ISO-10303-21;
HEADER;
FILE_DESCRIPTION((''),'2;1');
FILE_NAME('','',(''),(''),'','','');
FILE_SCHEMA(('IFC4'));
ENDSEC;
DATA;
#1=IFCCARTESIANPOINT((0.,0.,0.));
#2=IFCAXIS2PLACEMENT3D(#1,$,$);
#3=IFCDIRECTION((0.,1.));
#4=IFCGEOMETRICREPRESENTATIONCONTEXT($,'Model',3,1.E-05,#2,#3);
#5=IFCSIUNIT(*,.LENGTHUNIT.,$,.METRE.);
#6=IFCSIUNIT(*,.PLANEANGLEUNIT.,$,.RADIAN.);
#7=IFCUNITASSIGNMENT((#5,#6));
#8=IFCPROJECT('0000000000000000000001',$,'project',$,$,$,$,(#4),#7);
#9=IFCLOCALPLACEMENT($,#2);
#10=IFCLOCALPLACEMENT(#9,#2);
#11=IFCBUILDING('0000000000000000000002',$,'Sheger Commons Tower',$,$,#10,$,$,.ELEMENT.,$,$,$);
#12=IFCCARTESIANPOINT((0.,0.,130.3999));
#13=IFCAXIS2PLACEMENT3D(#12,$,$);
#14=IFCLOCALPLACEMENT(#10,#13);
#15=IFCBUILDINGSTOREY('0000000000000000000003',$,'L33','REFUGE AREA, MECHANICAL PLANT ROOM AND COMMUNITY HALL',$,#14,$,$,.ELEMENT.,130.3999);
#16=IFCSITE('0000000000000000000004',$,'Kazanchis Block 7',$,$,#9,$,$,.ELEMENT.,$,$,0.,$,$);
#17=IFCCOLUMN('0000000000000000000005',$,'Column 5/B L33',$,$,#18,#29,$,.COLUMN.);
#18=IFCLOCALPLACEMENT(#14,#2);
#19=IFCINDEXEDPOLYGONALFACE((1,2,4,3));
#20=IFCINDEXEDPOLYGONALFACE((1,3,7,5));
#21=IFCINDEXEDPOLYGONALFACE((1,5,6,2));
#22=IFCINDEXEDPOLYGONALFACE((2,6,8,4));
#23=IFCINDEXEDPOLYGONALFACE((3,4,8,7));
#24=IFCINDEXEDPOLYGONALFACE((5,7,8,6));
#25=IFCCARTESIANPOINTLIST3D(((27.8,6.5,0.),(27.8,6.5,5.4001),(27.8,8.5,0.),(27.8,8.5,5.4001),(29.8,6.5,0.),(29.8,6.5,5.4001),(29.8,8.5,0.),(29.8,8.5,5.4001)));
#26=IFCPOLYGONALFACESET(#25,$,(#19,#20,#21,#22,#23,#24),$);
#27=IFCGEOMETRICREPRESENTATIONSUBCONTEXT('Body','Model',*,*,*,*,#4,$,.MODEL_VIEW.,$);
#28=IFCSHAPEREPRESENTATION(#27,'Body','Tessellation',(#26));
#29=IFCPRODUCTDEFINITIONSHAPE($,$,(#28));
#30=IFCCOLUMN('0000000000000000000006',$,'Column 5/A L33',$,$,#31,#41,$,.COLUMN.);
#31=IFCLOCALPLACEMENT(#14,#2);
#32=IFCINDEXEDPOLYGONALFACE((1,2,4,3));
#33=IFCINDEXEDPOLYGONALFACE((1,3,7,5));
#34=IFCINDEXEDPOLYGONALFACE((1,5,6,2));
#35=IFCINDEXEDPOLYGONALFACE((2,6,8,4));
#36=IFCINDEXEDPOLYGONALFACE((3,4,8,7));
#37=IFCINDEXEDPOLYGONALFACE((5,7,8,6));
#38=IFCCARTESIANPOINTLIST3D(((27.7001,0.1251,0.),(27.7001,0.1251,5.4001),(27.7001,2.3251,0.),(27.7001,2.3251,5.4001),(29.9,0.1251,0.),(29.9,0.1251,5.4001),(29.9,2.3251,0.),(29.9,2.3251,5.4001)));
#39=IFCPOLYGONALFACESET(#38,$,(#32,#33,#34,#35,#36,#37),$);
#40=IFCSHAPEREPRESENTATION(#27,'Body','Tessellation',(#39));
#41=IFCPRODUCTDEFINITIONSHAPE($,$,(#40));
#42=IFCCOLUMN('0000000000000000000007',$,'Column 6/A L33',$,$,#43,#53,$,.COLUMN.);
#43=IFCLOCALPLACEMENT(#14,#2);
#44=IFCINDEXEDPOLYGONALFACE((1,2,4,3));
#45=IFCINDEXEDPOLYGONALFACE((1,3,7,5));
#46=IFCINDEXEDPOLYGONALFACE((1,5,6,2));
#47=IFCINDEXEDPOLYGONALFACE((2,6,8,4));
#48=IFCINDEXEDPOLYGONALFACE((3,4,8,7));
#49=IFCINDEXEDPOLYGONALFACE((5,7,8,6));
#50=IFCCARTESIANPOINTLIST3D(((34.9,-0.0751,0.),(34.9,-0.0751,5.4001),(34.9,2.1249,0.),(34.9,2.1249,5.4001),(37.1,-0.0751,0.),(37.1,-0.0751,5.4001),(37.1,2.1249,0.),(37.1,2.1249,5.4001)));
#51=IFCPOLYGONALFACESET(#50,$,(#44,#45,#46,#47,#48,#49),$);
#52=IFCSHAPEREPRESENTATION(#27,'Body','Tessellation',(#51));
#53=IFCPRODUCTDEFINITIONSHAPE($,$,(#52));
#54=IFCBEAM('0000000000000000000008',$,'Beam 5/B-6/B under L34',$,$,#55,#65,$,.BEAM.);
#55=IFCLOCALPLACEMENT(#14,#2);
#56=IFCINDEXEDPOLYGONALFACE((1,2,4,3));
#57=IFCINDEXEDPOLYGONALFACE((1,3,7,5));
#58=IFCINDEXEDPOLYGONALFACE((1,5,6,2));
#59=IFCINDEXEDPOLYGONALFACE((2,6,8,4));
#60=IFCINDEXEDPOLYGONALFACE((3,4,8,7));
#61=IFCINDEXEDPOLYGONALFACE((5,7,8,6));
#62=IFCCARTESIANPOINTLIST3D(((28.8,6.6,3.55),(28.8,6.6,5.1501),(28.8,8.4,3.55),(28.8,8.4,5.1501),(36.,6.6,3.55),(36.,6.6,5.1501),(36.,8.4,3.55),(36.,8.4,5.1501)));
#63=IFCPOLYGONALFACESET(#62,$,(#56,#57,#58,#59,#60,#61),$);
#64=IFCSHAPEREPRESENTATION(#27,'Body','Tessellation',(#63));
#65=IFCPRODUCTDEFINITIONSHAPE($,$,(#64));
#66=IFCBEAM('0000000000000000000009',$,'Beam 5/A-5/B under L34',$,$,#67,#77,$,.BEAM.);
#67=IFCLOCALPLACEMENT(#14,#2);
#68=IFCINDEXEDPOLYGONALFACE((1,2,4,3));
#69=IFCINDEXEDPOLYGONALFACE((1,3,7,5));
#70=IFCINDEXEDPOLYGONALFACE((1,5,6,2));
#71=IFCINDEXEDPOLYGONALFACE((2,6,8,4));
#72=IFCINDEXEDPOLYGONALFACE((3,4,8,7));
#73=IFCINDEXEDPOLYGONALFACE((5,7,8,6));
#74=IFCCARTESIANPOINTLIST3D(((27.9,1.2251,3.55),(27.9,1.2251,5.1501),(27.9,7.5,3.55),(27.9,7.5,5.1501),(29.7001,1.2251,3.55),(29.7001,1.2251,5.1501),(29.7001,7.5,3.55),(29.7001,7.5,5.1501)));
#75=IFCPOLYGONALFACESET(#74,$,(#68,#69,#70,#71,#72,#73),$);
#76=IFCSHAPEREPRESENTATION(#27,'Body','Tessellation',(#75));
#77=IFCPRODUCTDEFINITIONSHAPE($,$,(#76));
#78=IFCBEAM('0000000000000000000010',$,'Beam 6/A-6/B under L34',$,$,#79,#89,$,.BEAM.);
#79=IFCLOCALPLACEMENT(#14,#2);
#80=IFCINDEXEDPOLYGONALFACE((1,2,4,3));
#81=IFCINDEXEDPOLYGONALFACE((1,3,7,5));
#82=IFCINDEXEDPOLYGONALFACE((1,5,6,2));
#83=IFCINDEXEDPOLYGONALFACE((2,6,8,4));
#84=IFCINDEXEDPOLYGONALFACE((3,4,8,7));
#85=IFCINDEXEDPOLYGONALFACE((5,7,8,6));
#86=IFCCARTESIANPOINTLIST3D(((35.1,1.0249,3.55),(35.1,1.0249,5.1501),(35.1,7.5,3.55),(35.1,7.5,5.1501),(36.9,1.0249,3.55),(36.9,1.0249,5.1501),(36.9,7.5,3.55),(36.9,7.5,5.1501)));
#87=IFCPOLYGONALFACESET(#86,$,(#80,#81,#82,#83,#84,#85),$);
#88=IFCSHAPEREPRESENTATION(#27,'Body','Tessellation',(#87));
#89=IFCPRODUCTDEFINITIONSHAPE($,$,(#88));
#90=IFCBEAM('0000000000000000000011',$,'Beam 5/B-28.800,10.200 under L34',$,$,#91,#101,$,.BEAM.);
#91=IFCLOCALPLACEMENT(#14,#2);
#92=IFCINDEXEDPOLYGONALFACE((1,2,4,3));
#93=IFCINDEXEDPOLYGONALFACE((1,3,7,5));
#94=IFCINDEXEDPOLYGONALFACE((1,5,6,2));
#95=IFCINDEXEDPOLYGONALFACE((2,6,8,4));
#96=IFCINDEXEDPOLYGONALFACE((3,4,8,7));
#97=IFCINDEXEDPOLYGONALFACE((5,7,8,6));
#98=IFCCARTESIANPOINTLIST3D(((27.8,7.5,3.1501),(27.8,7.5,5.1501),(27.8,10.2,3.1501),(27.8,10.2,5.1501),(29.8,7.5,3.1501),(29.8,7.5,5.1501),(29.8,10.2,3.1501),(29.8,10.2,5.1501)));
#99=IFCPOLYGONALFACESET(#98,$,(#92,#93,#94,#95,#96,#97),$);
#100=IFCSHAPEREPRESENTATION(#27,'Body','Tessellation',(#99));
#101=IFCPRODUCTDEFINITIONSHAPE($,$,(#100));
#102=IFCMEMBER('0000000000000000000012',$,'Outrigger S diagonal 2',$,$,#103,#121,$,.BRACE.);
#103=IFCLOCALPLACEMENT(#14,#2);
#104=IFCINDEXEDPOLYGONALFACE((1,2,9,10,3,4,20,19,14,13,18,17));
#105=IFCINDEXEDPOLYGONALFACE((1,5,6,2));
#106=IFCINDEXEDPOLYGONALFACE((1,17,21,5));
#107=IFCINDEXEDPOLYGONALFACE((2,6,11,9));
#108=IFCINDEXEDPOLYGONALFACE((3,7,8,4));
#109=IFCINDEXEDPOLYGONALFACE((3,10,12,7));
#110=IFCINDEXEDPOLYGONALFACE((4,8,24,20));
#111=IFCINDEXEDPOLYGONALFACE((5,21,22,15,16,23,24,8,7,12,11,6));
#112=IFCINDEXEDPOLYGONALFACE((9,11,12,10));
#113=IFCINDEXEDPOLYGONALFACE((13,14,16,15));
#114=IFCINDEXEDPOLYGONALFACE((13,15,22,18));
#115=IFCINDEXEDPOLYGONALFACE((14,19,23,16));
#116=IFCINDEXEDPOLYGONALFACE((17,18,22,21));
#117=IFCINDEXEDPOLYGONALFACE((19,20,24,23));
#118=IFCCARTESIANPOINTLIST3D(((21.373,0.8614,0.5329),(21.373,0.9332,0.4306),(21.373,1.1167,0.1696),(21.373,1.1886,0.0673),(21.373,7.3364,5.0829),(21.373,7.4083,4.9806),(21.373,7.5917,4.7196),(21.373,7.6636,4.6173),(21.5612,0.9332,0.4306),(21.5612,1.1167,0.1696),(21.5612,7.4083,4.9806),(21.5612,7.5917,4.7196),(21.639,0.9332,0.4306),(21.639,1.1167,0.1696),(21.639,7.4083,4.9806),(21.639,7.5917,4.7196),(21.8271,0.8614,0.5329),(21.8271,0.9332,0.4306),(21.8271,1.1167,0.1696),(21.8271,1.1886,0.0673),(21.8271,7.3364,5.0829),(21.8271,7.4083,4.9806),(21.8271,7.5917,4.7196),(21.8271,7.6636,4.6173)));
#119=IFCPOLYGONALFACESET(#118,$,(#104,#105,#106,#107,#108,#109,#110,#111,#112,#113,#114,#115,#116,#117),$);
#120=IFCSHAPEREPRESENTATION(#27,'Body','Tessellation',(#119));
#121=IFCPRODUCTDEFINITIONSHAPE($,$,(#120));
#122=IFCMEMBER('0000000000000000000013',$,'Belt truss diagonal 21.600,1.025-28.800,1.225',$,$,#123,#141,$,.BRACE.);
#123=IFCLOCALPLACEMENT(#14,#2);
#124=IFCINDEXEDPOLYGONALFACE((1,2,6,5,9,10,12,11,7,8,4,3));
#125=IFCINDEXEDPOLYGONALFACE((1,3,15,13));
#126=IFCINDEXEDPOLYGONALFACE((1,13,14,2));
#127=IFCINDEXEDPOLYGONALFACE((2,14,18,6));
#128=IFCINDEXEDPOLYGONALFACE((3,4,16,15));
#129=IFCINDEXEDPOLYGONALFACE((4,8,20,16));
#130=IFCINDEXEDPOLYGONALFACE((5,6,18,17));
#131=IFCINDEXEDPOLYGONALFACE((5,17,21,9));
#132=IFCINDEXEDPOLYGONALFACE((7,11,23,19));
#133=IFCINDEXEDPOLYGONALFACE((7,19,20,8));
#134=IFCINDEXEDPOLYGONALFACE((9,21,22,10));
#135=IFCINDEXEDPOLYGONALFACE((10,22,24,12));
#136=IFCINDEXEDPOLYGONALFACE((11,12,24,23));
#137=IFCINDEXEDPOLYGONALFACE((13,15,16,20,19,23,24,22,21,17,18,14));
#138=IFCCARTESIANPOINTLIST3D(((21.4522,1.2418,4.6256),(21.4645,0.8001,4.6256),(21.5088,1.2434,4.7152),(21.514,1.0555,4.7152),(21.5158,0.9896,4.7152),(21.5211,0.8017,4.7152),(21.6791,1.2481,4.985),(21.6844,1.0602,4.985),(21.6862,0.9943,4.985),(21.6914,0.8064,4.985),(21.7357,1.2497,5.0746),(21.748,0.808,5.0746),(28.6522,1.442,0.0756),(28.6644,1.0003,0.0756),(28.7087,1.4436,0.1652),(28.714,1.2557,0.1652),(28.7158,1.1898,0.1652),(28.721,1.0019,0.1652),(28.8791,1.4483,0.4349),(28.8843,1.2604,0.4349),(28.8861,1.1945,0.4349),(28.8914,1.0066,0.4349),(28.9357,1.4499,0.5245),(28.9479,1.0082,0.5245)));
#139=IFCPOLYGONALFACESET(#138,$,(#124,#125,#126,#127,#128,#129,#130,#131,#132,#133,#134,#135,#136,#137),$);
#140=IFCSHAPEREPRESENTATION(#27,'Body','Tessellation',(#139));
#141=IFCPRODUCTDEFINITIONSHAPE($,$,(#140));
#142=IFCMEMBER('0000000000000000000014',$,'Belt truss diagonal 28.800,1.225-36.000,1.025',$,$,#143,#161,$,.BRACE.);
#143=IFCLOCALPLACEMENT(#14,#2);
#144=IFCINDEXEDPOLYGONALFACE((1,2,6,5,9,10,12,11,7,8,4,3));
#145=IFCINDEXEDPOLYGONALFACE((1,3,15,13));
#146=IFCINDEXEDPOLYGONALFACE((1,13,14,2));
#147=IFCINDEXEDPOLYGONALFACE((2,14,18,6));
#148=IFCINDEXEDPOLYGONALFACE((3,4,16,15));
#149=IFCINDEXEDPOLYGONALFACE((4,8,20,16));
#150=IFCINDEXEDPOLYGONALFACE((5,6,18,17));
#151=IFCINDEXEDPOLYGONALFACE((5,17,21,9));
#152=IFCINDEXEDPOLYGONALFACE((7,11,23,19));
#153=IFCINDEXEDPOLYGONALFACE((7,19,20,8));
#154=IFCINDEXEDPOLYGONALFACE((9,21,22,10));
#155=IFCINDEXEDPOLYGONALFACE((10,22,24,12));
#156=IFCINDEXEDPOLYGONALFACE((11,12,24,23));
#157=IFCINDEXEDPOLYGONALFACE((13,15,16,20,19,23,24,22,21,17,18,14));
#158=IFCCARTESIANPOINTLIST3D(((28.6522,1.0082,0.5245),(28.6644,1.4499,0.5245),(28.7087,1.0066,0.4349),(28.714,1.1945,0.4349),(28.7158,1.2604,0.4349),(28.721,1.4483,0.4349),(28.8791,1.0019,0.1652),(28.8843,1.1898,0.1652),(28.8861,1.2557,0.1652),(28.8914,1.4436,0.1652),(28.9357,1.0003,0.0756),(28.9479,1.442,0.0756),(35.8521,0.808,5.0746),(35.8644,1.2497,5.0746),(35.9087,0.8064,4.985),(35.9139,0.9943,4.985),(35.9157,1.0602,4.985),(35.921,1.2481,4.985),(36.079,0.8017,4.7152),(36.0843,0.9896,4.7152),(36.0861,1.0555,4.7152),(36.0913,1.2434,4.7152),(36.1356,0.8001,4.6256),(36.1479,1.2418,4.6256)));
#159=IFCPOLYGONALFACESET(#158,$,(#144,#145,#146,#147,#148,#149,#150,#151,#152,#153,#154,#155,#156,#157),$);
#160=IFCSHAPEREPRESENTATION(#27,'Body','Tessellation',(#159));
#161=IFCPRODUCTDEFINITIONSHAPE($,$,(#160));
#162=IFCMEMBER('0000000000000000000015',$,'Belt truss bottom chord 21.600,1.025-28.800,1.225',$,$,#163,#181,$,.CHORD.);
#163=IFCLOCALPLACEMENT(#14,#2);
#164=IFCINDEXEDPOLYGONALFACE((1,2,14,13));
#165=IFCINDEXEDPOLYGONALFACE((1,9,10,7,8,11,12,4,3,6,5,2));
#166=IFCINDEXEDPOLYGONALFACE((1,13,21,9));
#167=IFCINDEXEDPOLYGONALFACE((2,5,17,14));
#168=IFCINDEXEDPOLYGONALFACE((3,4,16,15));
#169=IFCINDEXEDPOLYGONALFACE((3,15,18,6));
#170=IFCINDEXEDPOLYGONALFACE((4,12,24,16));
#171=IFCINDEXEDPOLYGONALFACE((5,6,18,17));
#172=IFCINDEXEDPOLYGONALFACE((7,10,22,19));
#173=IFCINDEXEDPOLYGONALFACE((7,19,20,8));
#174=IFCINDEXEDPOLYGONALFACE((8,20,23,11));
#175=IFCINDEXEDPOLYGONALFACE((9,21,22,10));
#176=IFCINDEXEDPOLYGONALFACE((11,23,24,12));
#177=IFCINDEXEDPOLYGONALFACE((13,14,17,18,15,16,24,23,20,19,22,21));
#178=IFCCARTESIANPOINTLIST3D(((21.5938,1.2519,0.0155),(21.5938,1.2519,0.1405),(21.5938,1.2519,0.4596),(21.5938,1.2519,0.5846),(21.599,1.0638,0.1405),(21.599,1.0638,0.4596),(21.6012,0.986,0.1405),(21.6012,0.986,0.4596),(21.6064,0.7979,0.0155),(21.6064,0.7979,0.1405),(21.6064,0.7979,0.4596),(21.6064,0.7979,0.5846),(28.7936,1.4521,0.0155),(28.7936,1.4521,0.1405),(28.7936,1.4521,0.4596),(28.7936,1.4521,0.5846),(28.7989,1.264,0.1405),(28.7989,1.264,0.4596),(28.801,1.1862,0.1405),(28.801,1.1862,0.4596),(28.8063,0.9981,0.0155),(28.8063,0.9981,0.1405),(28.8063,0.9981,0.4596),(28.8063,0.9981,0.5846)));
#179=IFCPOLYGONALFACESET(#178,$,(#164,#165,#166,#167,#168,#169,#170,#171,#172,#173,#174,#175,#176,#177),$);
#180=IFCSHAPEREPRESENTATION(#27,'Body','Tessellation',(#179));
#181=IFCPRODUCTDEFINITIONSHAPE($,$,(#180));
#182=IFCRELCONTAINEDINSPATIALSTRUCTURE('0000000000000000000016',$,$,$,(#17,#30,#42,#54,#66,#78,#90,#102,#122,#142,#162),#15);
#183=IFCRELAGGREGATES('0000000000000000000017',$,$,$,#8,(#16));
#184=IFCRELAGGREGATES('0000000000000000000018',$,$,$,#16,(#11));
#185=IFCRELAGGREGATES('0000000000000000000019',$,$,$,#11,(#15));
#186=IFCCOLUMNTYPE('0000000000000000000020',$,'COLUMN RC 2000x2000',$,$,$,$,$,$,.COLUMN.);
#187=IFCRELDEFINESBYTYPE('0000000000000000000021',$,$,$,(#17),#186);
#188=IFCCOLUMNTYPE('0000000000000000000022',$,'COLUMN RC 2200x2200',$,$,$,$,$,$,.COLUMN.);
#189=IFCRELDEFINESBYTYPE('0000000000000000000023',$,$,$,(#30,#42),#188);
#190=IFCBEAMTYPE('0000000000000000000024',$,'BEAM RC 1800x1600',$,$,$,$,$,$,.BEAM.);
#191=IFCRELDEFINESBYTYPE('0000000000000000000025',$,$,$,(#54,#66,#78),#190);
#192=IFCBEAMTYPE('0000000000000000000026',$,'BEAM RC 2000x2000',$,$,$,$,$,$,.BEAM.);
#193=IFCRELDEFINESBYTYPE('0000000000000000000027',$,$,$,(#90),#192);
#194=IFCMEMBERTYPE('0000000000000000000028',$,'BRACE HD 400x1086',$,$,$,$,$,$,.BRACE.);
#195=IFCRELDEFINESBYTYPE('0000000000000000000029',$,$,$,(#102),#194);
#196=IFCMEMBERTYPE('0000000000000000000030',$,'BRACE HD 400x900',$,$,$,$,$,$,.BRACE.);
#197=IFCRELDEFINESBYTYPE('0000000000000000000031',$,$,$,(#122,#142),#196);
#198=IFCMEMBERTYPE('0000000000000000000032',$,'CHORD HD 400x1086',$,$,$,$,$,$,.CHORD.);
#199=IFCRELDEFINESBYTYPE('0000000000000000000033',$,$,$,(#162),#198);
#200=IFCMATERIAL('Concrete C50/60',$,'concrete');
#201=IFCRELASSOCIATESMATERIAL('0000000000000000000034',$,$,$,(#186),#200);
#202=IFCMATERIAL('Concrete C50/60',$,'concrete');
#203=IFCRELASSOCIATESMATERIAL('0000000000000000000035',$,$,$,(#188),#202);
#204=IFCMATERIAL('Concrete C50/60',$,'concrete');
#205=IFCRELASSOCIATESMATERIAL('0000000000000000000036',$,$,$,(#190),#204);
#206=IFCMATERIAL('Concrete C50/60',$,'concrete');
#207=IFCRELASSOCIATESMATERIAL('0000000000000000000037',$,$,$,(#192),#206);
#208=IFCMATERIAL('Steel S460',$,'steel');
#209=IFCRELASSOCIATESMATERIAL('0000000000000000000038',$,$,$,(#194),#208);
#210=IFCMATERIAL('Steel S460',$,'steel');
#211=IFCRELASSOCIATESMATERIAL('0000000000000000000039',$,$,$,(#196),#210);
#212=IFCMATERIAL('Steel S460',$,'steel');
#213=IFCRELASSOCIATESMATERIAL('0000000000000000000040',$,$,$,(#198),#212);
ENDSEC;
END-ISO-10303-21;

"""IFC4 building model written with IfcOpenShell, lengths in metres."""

from ifc_helpers import new_model, si_unit, direction, frame, origin, origin_2d, place, context, subcontext, project, spatial, rectangle, i_section, extrude, material, material_profile, profile_set, type_object, element, save


model = new_model("IFC4")

# Units and contexts
model_context = context("Model", 3, precision=1e-05, world=origin(), true_north=direction((0.0, 1.0)))
body_context = subcontext(model_context, "Body", "Model", "MODEL_VIEW")
ifc_project = project(units=[si_unit("LENGTHUNIT", "METRE"), si_unit("PLANEANGLEUNIT", "RADIAN")], contexts=[model_context])

# Site, building, storey
site_placement = place(None, origin())
site = spatial("IfcSite", under=ifc_project, at=site_placement, Name="Kazanchis Block 7", CompositionType="ELEMENT", RefElevation=0.0)
building_placement = place(site_placement, origin())
building = spatial("IfcBuilding", under=site, at=building_placement, Name="Sheger Commons Tower", CompositionType="ELEMENT")
storey_placement = place(building_placement, frame((0.0, 0.0, 130.3999)))
storey = spatial("IfcBuildingStorey", under=building, at=storey_placement, Name="L33", Description="REFUGE AREA, MECHANICAL PLANT ROOM AND COMMUNITY HALL", CompositionType="ELEMENT", Elevation=130.3999)

# Columns
ifc_material_1 = material(Name="Concrete C50/60", Category="concrete")
ifc_material_profile_1 = material_profile(ifc_material_1, rectangle(XDim=2.0, YDim=2.0, at=origin_2d()), Name="RC 2000x2000")
ifc_profile_set_1 = profile_set([ifc_material_profile_1], Name="Concrete C50/60")
column_type_1 = type_object("IfcColumnType", Name="COLUMN RC 2000x2000", PredefinedType="COLUMN", material=ifc_profile_set_1)
column_placement = place(storey_placement, frame((28.8, 7.5, 0.0), z_axis=(0.0, 0.0, 1.0), x_axis=(1.0, 0.0, 0.0)))
element("IfcColumn", 1, at=column_placement, inside=storey, type_object=column_type_1, Name="Column 5/B L33", PredefinedType="COLUMN", context=body_context, shape_type="SweptSolid", body=[
    extrude(rectangle(XDim=2.0, YDim=2.0, at=origin_2d()), origin(), (0.0, 0.0, 1.0), 5.4001),
])
ifc_material_2 = material(Name="Concrete C50/60", Category="concrete")
ifc_material_profile_2 = material_profile(ifc_material_2, rectangle(XDim=2.2, YDim=2.2, at=origin_2d()), Name="RC 2200x2200")
ifc_profile_set_2 = profile_set([ifc_material_profile_2], Name="Concrete C50/60")
column_type_2 = type_object("IfcColumnType", Name="COLUMN RC 2200x2200", PredefinedType="COLUMN", material=ifc_profile_set_2)
for number, where, z_axis, x_axis, name in (
    (2, (28.8, 1.2251, 0.0), (0.0, 0.0, 1.0), (1.0, 0.0, 0.0), "Column 5/A L33"),
    (3, (36.0, 1.0249, 0.0), (0.0, 0.0, 1.0), (1.0, 0.0, 0.0), "Column 6/A L33"),
):
    element("IfcColumn", number, at=place(storey_placement, frame(where, z_axis=z_axis, x_axis=x_axis)), inside=storey, type_object=column_type_2, Name=name, PredefinedType="COLUMN", context=body_context, shape_type="SweptSolid", body=[
        extrude(rectangle(XDim=2.2, YDim=2.2, at=origin_2d()), origin(), (0.0, 0.0, 1.0), 5.4001),
    ])

# Beams
ifc_material_3 = material(Name="Concrete C50/60", Category="concrete")
ifc_material_profile_3 = material_profile(ifc_material_3, rectangle(XDim=1.8, YDim=1.6001, at=origin_2d()), Name="RC 1800x1600")
ifc_profile_set_3 = profile_set([ifc_material_profile_3], Name="Concrete C50/60")
beam_type_1 = type_object("IfcBeamType", Name="BEAM RC 1800x1600", PredefinedType="BEAM", material=ifc_profile_set_3)
beam_1_placement = place(storey_placement, frame((28.8, 7.5, 4.3501), z_axis=(1.0, 0.0, 0.0), x_axis=(0.0, 1.0, 0.0)))
element("IfcBeam", 4, at=beam_1_placement, inside=storey, type_object=beam_type_1, Name="Beam 5/B-6/B under L34", PredefinedType="BEAM", context=body_context, shape_type="SweptSolid", body=[
    extrude(rectangle(XDim=1.8, YDim=1.6001, at=origin_2d()), origin(), (0.0, 0.0, 1.0), 7.2),
])
beam_2_placement = place(storey_placement, frame((28.8, 1.2251, 4.3501), z_axis=(0.0, 1.0, 0.0), x_axis=(-1.0, 0.0, 0.0)))
element("IfcBeam", 5, at=beam_2_placement, inside=storey, type_object=beam_type_1, Name="Beam 5/A-5/B under L34", PredefinedType="BEAM", context=body_context, shape_type="SweptSolid", body=[
    extrude(rectangle(XDim=1.8, YDim=1.6001, at=origin_2d()), origin(), (0.0, 0.0, 1.0), 6.2749),
])
beam_3_placement = place(storey_placement, frame((36.0, 1.0249, 4.3501), z_axis=(0.0, 1.0, 0.0), x_axis=(-1.0, 0.0, 0.0)))
element("IfcBeam", 6, at=beam_3_placement, inside=storey, type_object=beam_type_1, Name="Beam 6/A-6/B under L34", PredefinedType="BEAM", context=body_context, shape_type="SweptSolid", body=[
    extrude(rectangle(XDim=1.8, YDim=1.6001, at=origin_2d()), origin(), (0.0, 0.0, 1.0), 6.4751),
])
ifc_material_4 = material(Name="Concrete C50/60", Category="concrete")
ifc_material_profile_4 = material_profile(ifc_material_4, rectangle(XDim=2.0, YDim=2.0, at=origin_2d()), Name="RC 2000x2000")
ifc_profile_set_4 = profile_set([ifc_material_profile_4], Name="Concrete C50/60")
beam_type_2 = type_object("IfcBeamType", Name="BEAM RC 2000x2000", PredefinedType="BEAM", material=ifc_profile_set_4)
beam_4_placement = place(storey_placement, frame((28.8, 7.5, 4.1501), z_axis=(0.0, 1.0, 0.0), x_axis=(-1.0, 0.0, 0.0)))
element("IfcBeam", 7, at=beam_4_placement, inside=storey, type_object=beam_type_2, Name="Beam 5/B-28.800,10.200 under L34", PredefinedType="BEAM", context=body_context, shape_type="SweptSolid", body=[
    extrude(rectangle(XDim=2.0, YDim=2.0, at=origin_2d()), origin(), (0.0, 0.0, 1.0), 2.7),
])

# Members
ifc_material_5 = material(Name="Steel S460", Category="steel")
ifc_material_profile_5 = material_profile(ifc_material_5, i_section(OverallWidth=0.4541, OverallDepth=0.5691, WebThickness=0.0779, FlangeThickness=0.125, at=origin_2d()), Name="HD 400x1086")
ifc_profile_set_5 = profile_set([ifc_material_profile_5], Name="Steel S460")
member_type_1 = type_object("IfcMemberType", Name="BRACE HD 400x1086", PredefinedType="BRACE", material=ifc_profile_set_5)
member_1_placement = place(storey_placement, frame((21.6001, 7.5, 4.8501), z_axis=(0.0, -0.818193, -0.574944), x_axis=(1.0, 0.0, 0.0)))
element("IfcMember", 8, at=member_1_placement, inside=storey, type_object=member_type_1, Name="Outrigger S diagonal 2", PredefinedType="BRACE", context=body_context, shape_type="SweptSolid", body=[
    extrude(i_section(OverallWidth=0.4541, OverallDepth=0.5691, WebThickness=0.0779, FlangeThickness=0.125, at=origin_2d()), origin(), (0.0, 0.0, 1.0), 7.9138),
])
ifc_material_6 = material(Name="Steel S460", Category="steel")
ifc_material_profile_6 = material_profile(ifc_material_6, i_section(OverallWidth=0.4419, OverallDepth=0.531, WebThickness=0.0659, FlangeThickness=0.106, at=origin_2d()), Name="HD 400x900")
ifc_profile_set_6 = profile_set([ifc_material_profile_6], Name="Steel S460")
member_type_2 = type_object("IfcMemberType", Name="BRACE HD 400x900", PredefinedType="BRACE", material=ifc_profile_set_6)
for number, where, z_axis, x_axis, name in (
    (9, (28.8, 1.2251, 0.3), (-0.845112, -0.023498, 0.534073), (0.027794, -0.999614, 0.0), "Belt truss diagonal 21.600,1.025-28.800,1.225"),
    (10, (28.8, 1.2251, 0.3), (0.845112, -0.023498, 0.534073), (0.027794, 0.999614, 0.0), "Belt truss diagonal 28.800,1.225-36.000,1.025"),
):
    element("IfcMember", number, at=place(storey_placement, frame(where, z_axis=z_axis, x_axis=x_axis)), inside=storey, type_object=member_type_2, Name=name, PredefinedType="BRACE", context=body_context, shape_type="SweptSolid", body=[
        extrude(i_section(OverallWidth=0.4419, OverallDepth=0.531, WebThickness=0.0659, FlangeThickness=0.106, at=origin_2d()), origin(), (0.0, 0.0, 1.0), 8.5195),
    ])
ifc_material_7 = material(Name="Steel S460", Category="steel")
ifc_material_profile_7 = material_profile(ifc_material_7, i_section(OverallWidth=0.4541, OverallDepth=0.5691, WebThickness=0.0779, FlangeThickness=0.125, at=origin_2d()), Name="HD 400x1086")
ifc_profile_set_7 = profile_set([ifc_material_profile_7], Name="Steel S460")
member_type_3 = type_object("IfcMemberType", Name="CHORD HD 400x1086", PredefinedType="CHORD", material=ifc_profile_set_7)
for number, where, z_axis, x_axis, name in (
    (11, (21.6001, 1.0249, 0.3), (0.999614, 0.027794, 0.0), (-0.027794, 0.999614, 0.0), "Belt truss bottom chord 21.600,1.025-28.800,1.225"),
):
    element("IfcMember", number, at=place(storey_placement, frame(where, z_axis=z_axis, x_axis=x_axis)), inside=storey, type_object=member_type_3, Name=name, PredefinedType="CHORD", context=body_context, shape_type="SweptSolid", body=[
        extrude(i_section(OverallWidth=0.4541, OverallDepth=0.5691, WebThickness=0.0779, FlangeThickness=0.125, at=origin_2d()), origin(), (0.0, 0.0, 1.0), 7.2026),
    ])

save(model, "model.ifc")
